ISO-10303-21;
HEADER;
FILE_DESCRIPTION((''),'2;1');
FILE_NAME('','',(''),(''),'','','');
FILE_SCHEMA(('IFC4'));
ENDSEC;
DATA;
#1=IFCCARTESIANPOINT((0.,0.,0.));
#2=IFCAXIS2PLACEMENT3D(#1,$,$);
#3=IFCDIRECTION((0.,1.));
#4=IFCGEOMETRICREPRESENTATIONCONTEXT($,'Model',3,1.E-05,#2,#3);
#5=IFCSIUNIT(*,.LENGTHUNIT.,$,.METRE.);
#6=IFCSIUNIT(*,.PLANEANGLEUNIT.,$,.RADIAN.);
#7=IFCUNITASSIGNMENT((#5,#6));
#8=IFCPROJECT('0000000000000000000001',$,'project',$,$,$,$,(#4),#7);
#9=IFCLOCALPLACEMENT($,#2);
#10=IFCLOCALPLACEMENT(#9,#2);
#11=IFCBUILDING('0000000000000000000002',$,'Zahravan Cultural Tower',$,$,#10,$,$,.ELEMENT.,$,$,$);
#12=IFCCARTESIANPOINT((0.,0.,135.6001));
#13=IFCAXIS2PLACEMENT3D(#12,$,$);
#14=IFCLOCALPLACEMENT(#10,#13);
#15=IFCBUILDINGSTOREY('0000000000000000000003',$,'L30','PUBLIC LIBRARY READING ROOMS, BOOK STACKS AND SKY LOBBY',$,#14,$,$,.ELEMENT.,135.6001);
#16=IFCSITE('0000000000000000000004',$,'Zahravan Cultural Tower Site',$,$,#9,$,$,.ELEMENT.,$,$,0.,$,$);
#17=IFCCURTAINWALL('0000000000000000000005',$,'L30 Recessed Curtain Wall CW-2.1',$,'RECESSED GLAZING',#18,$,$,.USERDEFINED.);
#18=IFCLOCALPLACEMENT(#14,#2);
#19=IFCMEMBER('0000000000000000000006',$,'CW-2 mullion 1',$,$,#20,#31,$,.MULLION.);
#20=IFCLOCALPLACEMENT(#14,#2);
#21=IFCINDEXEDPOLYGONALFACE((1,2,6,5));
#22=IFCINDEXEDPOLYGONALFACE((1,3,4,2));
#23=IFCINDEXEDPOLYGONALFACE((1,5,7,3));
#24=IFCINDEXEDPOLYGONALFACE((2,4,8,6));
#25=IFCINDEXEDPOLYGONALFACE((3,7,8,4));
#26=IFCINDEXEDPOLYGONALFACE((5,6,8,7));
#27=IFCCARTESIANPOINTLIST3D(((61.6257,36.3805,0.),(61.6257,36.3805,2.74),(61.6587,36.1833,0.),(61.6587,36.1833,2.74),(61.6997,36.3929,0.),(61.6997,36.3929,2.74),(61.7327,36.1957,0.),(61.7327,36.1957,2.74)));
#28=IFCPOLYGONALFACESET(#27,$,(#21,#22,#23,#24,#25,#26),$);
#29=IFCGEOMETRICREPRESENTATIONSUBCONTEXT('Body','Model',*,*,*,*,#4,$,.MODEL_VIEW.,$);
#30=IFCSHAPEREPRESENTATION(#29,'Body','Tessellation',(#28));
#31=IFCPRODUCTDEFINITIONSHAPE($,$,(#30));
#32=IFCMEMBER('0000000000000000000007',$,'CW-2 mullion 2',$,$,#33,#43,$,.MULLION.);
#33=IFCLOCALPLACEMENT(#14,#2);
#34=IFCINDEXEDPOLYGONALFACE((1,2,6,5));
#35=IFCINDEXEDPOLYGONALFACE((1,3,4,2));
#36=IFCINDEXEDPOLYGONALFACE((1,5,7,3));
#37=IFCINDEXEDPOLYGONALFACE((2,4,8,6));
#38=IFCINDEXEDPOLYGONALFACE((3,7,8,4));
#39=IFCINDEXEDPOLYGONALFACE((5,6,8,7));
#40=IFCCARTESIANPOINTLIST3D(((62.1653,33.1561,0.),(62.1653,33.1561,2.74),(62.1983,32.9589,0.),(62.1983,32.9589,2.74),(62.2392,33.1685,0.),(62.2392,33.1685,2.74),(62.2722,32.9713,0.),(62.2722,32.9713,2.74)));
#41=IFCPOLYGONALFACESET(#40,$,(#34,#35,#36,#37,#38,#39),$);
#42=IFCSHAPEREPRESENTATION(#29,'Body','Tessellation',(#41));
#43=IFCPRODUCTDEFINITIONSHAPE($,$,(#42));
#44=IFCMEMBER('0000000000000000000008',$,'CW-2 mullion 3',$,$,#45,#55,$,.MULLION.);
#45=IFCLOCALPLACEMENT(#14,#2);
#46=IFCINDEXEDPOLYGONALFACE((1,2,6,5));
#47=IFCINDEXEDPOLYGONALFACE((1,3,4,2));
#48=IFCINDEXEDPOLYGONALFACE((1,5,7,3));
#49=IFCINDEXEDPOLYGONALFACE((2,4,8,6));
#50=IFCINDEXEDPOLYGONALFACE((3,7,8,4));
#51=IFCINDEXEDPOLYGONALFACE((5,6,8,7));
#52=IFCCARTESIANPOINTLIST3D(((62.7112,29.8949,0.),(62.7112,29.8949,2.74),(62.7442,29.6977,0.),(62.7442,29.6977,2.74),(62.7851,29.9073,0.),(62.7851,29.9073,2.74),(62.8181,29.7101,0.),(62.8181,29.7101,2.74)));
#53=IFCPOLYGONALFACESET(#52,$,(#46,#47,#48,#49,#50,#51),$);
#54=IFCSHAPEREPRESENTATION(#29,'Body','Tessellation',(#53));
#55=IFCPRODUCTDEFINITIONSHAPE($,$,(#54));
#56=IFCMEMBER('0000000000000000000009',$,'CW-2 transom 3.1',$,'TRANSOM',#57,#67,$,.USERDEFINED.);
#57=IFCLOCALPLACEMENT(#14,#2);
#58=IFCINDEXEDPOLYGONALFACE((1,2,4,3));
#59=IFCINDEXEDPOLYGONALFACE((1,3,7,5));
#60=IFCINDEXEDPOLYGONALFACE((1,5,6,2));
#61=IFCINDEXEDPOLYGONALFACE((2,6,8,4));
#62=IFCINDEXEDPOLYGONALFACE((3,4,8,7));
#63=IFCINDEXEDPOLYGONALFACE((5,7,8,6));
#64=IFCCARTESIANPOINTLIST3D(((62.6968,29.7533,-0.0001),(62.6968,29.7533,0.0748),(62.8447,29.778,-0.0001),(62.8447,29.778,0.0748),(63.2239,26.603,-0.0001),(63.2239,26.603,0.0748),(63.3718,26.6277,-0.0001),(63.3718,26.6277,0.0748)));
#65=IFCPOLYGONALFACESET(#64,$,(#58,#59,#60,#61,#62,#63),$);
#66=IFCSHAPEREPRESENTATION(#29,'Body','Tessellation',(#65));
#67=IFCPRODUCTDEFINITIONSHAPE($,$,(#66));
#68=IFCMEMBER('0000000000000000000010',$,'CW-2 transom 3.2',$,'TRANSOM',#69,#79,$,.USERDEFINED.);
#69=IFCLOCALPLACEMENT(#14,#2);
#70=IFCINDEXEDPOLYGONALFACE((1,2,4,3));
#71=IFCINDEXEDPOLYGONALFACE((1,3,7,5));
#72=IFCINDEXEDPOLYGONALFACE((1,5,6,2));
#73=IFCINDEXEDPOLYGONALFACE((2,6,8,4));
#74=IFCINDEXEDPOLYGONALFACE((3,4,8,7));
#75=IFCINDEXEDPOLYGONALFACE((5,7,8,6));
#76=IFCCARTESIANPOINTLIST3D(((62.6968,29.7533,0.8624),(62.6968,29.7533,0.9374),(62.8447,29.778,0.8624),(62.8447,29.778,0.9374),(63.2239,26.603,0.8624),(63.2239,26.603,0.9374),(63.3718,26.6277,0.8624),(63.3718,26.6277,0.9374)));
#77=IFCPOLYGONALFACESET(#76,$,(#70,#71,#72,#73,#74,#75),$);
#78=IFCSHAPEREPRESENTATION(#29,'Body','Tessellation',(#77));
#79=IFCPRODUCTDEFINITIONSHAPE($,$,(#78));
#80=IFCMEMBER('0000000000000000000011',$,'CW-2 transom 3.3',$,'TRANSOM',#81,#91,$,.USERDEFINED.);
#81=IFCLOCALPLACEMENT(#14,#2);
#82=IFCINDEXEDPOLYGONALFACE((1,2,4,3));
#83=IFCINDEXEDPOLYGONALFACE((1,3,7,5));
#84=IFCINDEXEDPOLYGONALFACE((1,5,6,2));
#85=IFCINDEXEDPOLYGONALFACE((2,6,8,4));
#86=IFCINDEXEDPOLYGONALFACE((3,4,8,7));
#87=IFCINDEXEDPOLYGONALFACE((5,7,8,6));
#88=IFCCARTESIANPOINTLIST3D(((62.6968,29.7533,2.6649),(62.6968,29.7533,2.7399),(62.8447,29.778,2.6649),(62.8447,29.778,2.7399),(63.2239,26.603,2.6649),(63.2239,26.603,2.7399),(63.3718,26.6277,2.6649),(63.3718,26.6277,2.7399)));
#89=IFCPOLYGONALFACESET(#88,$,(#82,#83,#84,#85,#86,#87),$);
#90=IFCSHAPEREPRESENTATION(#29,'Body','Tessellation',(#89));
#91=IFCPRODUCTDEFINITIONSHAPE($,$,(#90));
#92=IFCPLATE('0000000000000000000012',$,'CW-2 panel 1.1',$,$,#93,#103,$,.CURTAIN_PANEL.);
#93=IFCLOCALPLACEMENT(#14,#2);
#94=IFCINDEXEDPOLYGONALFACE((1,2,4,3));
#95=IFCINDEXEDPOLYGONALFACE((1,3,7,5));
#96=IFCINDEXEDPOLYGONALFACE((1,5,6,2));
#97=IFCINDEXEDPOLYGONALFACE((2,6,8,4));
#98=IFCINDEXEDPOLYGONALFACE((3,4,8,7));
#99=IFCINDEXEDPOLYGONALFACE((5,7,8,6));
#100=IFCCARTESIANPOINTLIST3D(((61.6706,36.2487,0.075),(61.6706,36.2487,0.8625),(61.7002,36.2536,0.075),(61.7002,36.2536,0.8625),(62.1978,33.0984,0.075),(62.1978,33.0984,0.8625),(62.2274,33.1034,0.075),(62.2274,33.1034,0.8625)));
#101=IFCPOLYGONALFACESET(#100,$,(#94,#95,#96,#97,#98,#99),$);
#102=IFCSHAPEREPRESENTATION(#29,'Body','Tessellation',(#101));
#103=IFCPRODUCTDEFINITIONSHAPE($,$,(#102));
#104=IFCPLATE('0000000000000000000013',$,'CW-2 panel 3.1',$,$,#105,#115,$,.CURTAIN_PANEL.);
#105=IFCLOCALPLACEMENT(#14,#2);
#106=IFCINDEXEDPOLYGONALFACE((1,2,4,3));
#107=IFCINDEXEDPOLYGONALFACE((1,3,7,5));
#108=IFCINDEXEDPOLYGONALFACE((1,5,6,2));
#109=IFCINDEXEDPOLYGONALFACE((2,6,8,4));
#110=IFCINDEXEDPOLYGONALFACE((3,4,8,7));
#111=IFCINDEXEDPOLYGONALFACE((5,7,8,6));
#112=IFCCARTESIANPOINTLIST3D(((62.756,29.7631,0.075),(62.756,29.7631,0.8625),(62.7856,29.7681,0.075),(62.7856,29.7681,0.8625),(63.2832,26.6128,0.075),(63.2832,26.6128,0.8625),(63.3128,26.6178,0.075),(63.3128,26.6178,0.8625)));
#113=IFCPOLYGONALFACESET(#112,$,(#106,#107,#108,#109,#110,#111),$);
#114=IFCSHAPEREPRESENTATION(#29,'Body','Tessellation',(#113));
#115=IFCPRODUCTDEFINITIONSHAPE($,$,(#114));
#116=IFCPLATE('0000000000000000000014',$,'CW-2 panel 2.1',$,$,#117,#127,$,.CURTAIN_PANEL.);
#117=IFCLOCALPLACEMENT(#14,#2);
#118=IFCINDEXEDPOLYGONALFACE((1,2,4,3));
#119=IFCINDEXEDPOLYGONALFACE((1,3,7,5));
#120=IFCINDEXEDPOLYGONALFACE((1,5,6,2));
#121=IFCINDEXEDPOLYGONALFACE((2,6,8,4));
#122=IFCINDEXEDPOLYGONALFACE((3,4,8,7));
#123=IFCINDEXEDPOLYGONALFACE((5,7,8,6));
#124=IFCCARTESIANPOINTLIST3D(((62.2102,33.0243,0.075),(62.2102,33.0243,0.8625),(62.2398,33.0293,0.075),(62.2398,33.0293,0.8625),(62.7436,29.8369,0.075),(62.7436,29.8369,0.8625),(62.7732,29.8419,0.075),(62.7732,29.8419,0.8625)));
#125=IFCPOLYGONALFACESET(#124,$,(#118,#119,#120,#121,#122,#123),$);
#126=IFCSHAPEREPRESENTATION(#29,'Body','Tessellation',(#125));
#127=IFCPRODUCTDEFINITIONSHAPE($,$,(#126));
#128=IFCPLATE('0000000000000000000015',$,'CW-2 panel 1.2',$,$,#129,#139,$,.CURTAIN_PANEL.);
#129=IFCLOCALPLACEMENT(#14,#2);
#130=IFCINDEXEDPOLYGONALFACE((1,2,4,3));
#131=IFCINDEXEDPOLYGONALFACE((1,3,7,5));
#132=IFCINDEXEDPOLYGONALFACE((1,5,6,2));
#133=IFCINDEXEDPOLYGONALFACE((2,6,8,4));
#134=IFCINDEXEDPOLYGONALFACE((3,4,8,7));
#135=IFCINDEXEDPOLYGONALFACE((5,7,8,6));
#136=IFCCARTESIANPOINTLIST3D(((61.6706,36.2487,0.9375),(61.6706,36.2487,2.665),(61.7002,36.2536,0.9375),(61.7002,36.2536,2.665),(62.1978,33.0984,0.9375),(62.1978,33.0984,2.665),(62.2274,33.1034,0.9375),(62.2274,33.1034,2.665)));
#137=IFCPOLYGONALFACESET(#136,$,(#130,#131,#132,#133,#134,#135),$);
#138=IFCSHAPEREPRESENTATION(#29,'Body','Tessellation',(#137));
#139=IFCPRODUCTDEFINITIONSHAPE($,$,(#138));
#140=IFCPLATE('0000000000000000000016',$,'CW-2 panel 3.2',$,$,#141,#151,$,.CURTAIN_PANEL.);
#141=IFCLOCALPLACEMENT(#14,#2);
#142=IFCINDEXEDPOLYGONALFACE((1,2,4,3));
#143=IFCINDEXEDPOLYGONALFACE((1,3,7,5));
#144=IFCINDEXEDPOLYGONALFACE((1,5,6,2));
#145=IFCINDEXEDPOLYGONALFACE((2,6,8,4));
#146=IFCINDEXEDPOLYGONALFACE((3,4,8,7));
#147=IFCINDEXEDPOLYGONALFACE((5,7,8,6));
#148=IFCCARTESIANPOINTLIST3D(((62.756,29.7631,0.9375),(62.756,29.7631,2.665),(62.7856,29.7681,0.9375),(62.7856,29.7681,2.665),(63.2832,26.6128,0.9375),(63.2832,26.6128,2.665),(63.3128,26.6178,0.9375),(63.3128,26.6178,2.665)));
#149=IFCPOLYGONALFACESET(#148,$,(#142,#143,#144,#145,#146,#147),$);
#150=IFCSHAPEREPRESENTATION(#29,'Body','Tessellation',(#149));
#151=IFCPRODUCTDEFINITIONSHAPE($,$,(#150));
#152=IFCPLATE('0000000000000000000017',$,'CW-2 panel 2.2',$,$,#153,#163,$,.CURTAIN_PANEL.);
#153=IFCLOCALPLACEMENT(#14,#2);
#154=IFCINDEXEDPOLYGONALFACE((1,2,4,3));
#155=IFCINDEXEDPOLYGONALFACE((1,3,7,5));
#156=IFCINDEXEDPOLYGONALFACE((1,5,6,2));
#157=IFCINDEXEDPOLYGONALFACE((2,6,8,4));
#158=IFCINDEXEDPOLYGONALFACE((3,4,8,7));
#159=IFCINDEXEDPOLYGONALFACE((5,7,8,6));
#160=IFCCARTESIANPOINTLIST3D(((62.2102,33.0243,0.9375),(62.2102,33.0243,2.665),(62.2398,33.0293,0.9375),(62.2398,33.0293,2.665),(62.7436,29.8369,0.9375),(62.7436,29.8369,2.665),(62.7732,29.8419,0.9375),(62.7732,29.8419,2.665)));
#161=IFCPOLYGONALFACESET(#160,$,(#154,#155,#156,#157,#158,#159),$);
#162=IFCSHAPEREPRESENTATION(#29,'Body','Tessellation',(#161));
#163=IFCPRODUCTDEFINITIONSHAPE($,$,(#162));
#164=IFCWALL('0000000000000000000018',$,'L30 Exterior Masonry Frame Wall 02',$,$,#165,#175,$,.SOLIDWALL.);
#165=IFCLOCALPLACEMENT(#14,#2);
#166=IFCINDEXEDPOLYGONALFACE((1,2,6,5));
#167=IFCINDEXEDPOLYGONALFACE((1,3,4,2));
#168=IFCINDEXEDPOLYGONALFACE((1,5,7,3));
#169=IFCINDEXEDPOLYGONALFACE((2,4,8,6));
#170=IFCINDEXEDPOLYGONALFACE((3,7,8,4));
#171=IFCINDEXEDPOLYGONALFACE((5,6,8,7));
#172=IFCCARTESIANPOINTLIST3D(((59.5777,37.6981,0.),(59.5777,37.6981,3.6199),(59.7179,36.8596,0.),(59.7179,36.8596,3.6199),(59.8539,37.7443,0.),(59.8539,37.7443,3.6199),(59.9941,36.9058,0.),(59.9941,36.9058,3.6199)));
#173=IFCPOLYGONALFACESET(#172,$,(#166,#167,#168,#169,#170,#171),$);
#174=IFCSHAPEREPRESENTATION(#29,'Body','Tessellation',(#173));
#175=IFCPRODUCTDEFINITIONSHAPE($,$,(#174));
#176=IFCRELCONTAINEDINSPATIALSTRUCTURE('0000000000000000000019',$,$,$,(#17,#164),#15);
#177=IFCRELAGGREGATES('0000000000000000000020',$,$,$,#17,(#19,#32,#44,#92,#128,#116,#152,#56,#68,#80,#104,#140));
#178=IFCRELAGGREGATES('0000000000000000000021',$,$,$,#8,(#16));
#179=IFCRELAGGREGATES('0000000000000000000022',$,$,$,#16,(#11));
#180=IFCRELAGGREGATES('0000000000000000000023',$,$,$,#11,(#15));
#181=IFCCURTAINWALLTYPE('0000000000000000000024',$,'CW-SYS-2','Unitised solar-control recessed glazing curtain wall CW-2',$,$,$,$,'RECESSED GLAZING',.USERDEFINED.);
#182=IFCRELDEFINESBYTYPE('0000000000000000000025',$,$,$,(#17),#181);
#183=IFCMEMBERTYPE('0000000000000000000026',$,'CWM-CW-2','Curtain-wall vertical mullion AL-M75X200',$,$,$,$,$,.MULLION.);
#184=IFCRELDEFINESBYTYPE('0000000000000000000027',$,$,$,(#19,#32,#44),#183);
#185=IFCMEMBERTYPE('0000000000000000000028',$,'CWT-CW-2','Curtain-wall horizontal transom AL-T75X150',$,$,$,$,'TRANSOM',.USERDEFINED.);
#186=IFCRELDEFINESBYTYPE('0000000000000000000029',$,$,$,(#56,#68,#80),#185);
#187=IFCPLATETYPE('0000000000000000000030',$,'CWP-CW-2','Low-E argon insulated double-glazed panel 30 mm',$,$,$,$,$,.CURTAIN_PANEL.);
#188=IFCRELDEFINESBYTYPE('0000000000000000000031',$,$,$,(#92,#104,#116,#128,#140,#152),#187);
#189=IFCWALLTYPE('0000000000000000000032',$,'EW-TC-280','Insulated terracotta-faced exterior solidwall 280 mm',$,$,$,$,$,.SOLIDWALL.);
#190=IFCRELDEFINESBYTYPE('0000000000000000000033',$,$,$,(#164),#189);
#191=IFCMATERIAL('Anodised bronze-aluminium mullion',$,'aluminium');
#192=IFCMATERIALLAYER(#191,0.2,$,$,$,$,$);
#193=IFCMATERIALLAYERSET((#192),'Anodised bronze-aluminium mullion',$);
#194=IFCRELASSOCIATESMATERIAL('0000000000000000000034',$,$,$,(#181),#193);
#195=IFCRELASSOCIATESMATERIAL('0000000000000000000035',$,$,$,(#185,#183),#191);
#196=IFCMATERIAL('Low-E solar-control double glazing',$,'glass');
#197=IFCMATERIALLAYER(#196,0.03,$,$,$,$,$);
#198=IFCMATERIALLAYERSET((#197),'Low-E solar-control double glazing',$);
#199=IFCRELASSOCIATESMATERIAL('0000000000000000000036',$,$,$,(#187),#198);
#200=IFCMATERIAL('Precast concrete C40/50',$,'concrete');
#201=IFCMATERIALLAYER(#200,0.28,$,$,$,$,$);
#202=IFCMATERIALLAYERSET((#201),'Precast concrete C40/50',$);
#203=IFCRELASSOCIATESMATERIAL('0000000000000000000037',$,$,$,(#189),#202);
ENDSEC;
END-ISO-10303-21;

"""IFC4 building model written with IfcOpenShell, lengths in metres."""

from ifc_helpers import new_model, si_unit, direction, frame, frame_2d, origin, origin_2d, place, context, subcontext, project, spatial, rectangle, extrude, source, transform, mapped, material, layer, layer_set, material_profile, profile_set, type_object, element, aggregate, save


model = new_model("IFC4")

# Units and contexts
model_context = context("Model", 3, precision=1e-05, world=origin(), true_north=direction((0.0, 1.0)))
body_context = subcontext(model_context, "Body", "Model", "MODEL_VIEW")
ifc_project = project(units=[si_unit("LENGTHUNIT", "METRE"), si_unit("PLANEANGLEUNIT", "RADIAN")], contexts=[model_context])

# Site, building, storey
site_placement = place(None, origin())
site = spatial("IfcSite", under=ifc_project, at=site_placement, Name="Zahravan Cultural Tower Site", CompositionType="ELEMENT", RefElevation=0.0)
building_placement = place(site_placement, origin())
building = spatial("IfcBuilding", under=site, at=building_placement, Name="Zahravan Cultural Tower", CompositionType="ELEMENT")
storey_placement = place(building_placement, frame((0.0, 0.0, 135.6001)))
storey = spatial("IfcBuildingStorey", under=building, at=storey_placement, Name="L30", Description="PUBLIC LIBRARY READING ROOMS, BOOK STACKS AND SKY LOBBY", CompositionType="ELEMENT", Elevation=135.6001)

# Curtain wall, members, plates
ifc_material_1 = material(Name="Anodised bronze-aluminium mullion", Category="aluminium")
ifc_layer_1 = layer(ifc_material_1, 0.2)
ifc_layer_set_1 = layer_set([ifc_layer_1], Name="Anodised bronze-aluminium mullion")
curtain_wall_type = type_object("IfcCurtainWallType", Name="CW-SYS-2", Description="Unitised solar-control recessed glazing curtain wall CW-2", ElementType="RECESSED GLAZING", PredefinedType="USERDEFINED", material=ifc_layer_set_1)
curtain_wall_placement = place(storey_placement, origin())
curtain_wall = element("IfcCurtainWall", 1, at=curtain_wall_placement, inside=storey, type_object=curtain_wall_type, Name="L30 Recessed Curtain Wall CW-2.1", ObjectType="RECESSED GLAZING", PredefinedType="USERDEFINED")
ifc_material_profile_1 = material_profile(ifc_material_1, rectangle(XDim=0.1499, YDim=0.075, at=origin_2d()), Name="AL-T75X150")
ifc_profile_set_1 = profile_set([ifc_material_profile_1], Name="Anodised bronze-aluminium mullion")
member_type_1 = type_object("IfcMemberType", Name="CWT-CW-2", Description="Curtain-wall horizontal transom AL-T75X150", ElementType="TRANSOM", PredefinedType="USERDEFINED", material=ifc_profile_set_1)
ifc_material_profile_2 = material_profile(ifc_material_1, rectangle(XDim=0.075, YDim=0.2, at=origin_2d()), Name="AL-M75X200")
ifc_profile_set_2 = profile_set([ifc_material_profile_2], Name="Anodised bronze-aluminium mullion")
member_type_2 = type_object("IfcMemberType", Name="CWM-CW-2", Description="Curtain-wall vertical mullion AL-M75X200", PredefinedType="MULLION", material=ifc_profile_set_2)
shared_shape_1 = source(origin(), body_context, "Body", "SweptSolid", [
    extrude(rectangle(XDim=0.075, YDim=0.2, at=origin_2d()), origin(), (0.0, 0.0, 1.0), 2.74),
])
member_1_placement = place(storey_placement, frame((61.6792, 36.2881, 0.0), z_axis=(0.0, 0.0, 1.0), x_axis=(0.986285, 0.165051, 0.0)))
member_1 = element("IfcMember", 2, at=member_1_placement, type_object=member_type_2, Name="CW-2 mullion 1", PredefinedType="MULLION", context=body_context, shape_type="MappedRepresentation", body=[
    mapped(shared_shape_1, transform((0.0, 0.0, 0.0), x_axis=(1.0, 0.0, 0.0), y_axis=(0.0, 1.0, 0.0), z_axis=(0.0, 0.0, 1.0), scale=1.0)),
])
member_2_placement = place(storey_placement, frame((62.2188, 33.0637, 0.0), z_axis=(0.0, 0.0, 1.0), x_axis=(0.986285, 0.165051, 0.0)))
member_2 = element("IfcMember", 3, at=member_2_placement, type_object=member_type_2, Name="CW-2 mullion 2", PredefinedType="MULLION", context=body_context, shape_type="MappedRepresentation", body=[
    mapped(shared_shape_1, transform((0.0, 0.0, 0.0), x_axis=(1.0, 0.0, 0.0), y_axis=(0.0, 1.0, 0.0), z_axis=(0.0, 0.0, 1.0), scale=1.0)),
])
member_3_placement = place(storey_placement, frame((62.7646, 29.8025, 0.0), z_axis=(0.0, 0.0, 1.0), x_axis=(0.986285, 0.165051, 0.0)))
member_3 = element("IfcMember", 4, at=member_3_placement, type_object=member_type_2, Name="CW-2 mullion 3", PredefinedType="MULLION", context=body_context, shape_type="MappedRepresentation", body=[
    mapped(shared_shape_1, transform((0.0, 0.0, 0.0), x_axis=(1.0, 0.0, 0.0), y_axis=(0.0, 1.0, 0.0), z_axis=(0.0, 0.0, 1.0), scale=1.0)),
])
shared_shape_2 = source(origin(), body_context, "Body", "SweptSolid", [
    extrude(rectangle(XDim=0.1499, YDim=0.075, at=origin_2d()), origin(), (0.0, 0.0, 1.0), 3.1941),
])
member_4_placement = place(storey_placement, frame((62.7708, 29.7656, 0.0374), z_axis=(0.165019, -0.98629, 0.0), x_axis=(0.98629, 0.165019, 0.0)))
member_4 = element("IfcMember", 5, at=member_4_placement, type_object=member_type_1, Name="CW-2 transom 3.1", ObjectType="TRANSOM", PredefinedType="USERDEFINED", context=body_context, shape_type="MappedRepresentation", body=[
    mapped(shared_shape_2, transform((0.0, 0.0, 0.0), x_axis=(1.0, 0.0, 0.0), y_axis=(0.0, 1.0, 0.0), z_axis=(0.0, 0.0, 1.0), scale=1.0)),
])
member_5_placement = place(storey_placement, frame((62.7708, 29.7656, 0.8999), z_axis=(0.165019, -0.98629, 0.0), x_axis=(0.98629, 0.165019, 0.0)))
member_5 = element("IfcMember", 6, at=member_5_placement, type_object=member_type_1, Name="CW-2 transom 3.2", ObjectType="TRANSOM", PredefinedType="USERDEFINED", context=body_context, shape_type="MappedRepresentation", body=[
    mapped(shared_shape_2, transform((0.0, 0.0, 0.0), x_axis=(1.0, 0.0, 0.0), y_axis=(0.0, 1.0, 0.0), z_axis=(0.0, 0.0, 1.0), scale=1.0)),
])
member_6_placement = place(storey_placement, frame((62.7708, 29.7656, 2.7024), z_axis=(0.165019, -0.98629, 0.0), x_axis=(0.98629, 0.165019, 0.0)))
member_6 = element("IfcMember", 7, at=member_6_placement, type_object=member_type_1, Name="CW-2 transom 3.3", ObjectType="TRANSOM", PredefinedType="USERDEFINED", context=body_context, shape_type="MappedRepresentation", body=[
    mapped(shared_shape_2, transform((0.0, 0.0, 0.0), x_axis=(1.0, 0.0, 0.0), y_axis=(0.0, 1.0, 0.0), z_axis=(0.0, 0.0, 1.0), scale=1.0)),
])
ifc_material_2 = material(Name="Low-E solar-control double glazing", Category="glass")
ifc_layer_2 = layer(ifc_material_2, 0.03)
ifc_layer_set_2 = layer_set([ifc_layer_2], Name="Low-E solar-control double glazing")
plate_type = type_object("IfcPlateType", Name="CWP-CW-2", Description="Low-E argon insulated double-glazed panel 30 mm", PredefinedType="CURTAIN_PANEL", material=ifc_layer_set_2)
shared_shape_3 = source(origin(), body_context, "Body", "SweptSolid", [
    extrude(rectangle(XDim=3.1941, YDim=0.03, at=origin_2d()), origin(), (0.0, 0.0, 1.0), 0.7876),
])
plate_1_placement = place(storey_placement, frame((61.949, 34.676, 0.075), z_axis=(0.0, 0.0, 1.0), x_axis=(0.165051, -0.986285, 0.0)))
plate_1 = element("IfcPlate", 8, at=plate_1_placement, type_object=plate_type, Name="CW-2 panel 1.1", PredefinedType="CURTAIN_PANEL", context=body_context, shape_type="MappedRepresentation", body=[
    mapped(shared_shape_3, transform((0.0, 0.0, 0.0), x_axis=(1.0, 0.0, 0.0), y_axis=(0.0, 1.0, 0.0), z_axis=(0.0, 0.0, 1.0), scale=1.0)),
])
plate_2_placement = place(storey_placement, frame((63.0344, 28.1904, 0.075), z_axis=(0.0, 0.0, 1.0), x_axis=(0.165051, -0.986285, 0.0)))
plate_2 = element("IfcPlate", 9, at=plate_2_placement, type_object=plate_type, Name="CW-2 panel 3.1", PredefinedType="CURTAIN_PANEL", context=body_context, shape_type="MappedRepresentation", body=[
    mapped(shared_shape_3, transform((0.0, 0.0, 0.0), x_axis=(1.0, 0.0, 0.0), y_axis=(0.0, 1.0, 0.0), z_axis=(0.0, 0.0, 1.0), scale=1.0)),
])
shared_shape_4 = source(origin(), body_context, "Body", "SweptSolid", [
    extrude(rectangle(XDim=3.2317, YDim=0.03, at=origin_2d()), origin(), (0.0, 0.0, 1.0), 0.7876),
])
plate_3_placement = place(storey_placement, frame((62.4917, 31.4331, 0.075), z_axis=(0.0, 0.0, 1.0), x_axis=(0.165051, -0.986285, 0.0)))
plate_3 = element("IfcPlate", 10, at=plate_3_placement, type_object=plate_type, Name="CW-2 panel 2.1", PredefinedType="CURTAIN_PANEL", context=body_context, shape_type="MappedRepresentation", body=[
    mapped(shared_shape_4, transform((0.0, 0.0, 0.0), x_axis=(1.0, 0.0, 0.0), y_axis=(0.0, 1.0, 0.0), z_axis=(0.0, 0.0, 1.0), scale=1.0)),
])
shared_shape_5 = source(origin(), body_context, "Body", "SweptSolid", [
    extrude(rectangle(XDim=3.1941, YDim=0.03, at=origin_2d()), origin(), (0.0, 0.0, 1.0), 1.7275),
])
plate_4_placement = place(storey_placement, frame((61.949, 34.676, 0.9375), z_axis=(0.0, 0.0, 1.0), x_axis=(0.165051, -0.986285, 0.0)))
plate_4 = element("IfcPlate", 11, at=plate_4_placement, type_object=plate_type, Name="CW-2 panel 1.2", PredefinedType="CURTAIN_PANEL", context=body_context, shape_type="MappedRepresentation", body=[
    mapped(shared_shape_5, transform((0.0, 0.0, 0.0), x_axis=(1.0, 0.0, 0.0), y_axis=(0.0, 1.0, 0.0), z_axis=(0.0, 0.0, 1.0), scale=1.0)),
])
plate_5_placement = place(storey_placement, frame((63.0344, 28.1904, 0.9375), z_axis=(0.0, 0.0, 1.0), x_axis=(0.165051, -0.986285, 0.0)))
plate_5 = element("IfcPlate", 12, at=plate_5_placement, type_object=plate_type, Name="CW-2 panel 3.2", PredefinedType="CURTAIN_PANEL", context=body_context, shape_type="MappedRepresentation", body=[
    mapped(shared_shape_5, transform((0.0, 0.0, 0.0), x_axis=(1.0, 0.0, 0.0), y_axis=(0.0, 1.0, 0.0), z_axis=(0.0, 0.0, 1.0), scale=1.0)),
])
shared_shape_6 = source(origin(), body_context, "Body", "SweptSolid", [
    extrude(rectangle(XDim=3.2317, YDim=0.03, at=origin_2d()), origin(), (0.0, 0.0, 1.0), 1.7275),
])
plate_6_placement = place(storey_placement, frame((62.4917, 31.4331, 0.9375), z_axis=(0.0, 0.0, 1.0), x_axis=(0.165051, -0.986285, 0.0)))
plate_6 = element("IfcPlate", 13, at=plate_6_placement, type_object=plate_type, Name="CW-2 panel 2.2", PredefinedType="CURTAIN_PANEL", context=body_context, shape_type="MappedRepresentation", body=[
    mapped(shared_shape_6, transform((0.0, 0.0, 0.0), x_axis=(1.0, 0.0, 0.0), y_axis=(0.0, 1.0, 0.0), z_axis=(0.0, 0.0, 1.0), scale=1.0)),
])
aggregate(curtain_wall, [member_1, member_2, member_3, plate_1, plate_4, plate_3, plate_6, member_4, member_5, member_6, plate_2, plate_5])

# Wall
ifc_material_3 = material(Name="Precast concrete C40/50", Category="concrete")
ifc_layer_3 = layer(ifc_material_3, 0.28)
ifc_layer_set_3 = layer_set([ifc_layer_3], Name="Precast concrete C40/50")
wall_type_1 = type_object("IfcWallType", Name="EW-TC-280", Description="Insulated terracotta-faced exterior solidwall 280 mm", PredefinedType="SOLIDWALL", material=ifc_layer_set_3)
shared_shape_7 = source(origin(), body_context, "Body", "SweptSolid", [
    extrude(rectangle(XDim=0.8501, YDim=0.28, at=frame_2d((0.425, 0.0))), origin(), (0.0, 0.0, 1.0), 3.6199),
])
for number, where, z_axis, x_axis, name in (
    (14, (59.7158, 37.7212, 0.0), (0.0, 0.0, 1.0), (0.164865, -0.986316, 0.0), "L30 Exterior Masonry Frame Wall 02"),
):
    element("IfcWall", number, at=place(storey_placement, frame(where, z_axis=z_axis, x_axis=x_axis)), inside=storey, type_object=wall_type_1, Name=name, PredefinedType="SOLIDWALL", context=body_context, shape_type="MappedRepresentation", body=[
        mapped(shared_shape_7, transform((0.0, 0.0, 0.0), x_axis=(1.0, 0.0, 0.0), y_axis=(0.0, 1.0, 0.0), z_axis=(0.0, 0.0, 1.0), scale=1.0)),
    ])

save(model, "model.ifc")
